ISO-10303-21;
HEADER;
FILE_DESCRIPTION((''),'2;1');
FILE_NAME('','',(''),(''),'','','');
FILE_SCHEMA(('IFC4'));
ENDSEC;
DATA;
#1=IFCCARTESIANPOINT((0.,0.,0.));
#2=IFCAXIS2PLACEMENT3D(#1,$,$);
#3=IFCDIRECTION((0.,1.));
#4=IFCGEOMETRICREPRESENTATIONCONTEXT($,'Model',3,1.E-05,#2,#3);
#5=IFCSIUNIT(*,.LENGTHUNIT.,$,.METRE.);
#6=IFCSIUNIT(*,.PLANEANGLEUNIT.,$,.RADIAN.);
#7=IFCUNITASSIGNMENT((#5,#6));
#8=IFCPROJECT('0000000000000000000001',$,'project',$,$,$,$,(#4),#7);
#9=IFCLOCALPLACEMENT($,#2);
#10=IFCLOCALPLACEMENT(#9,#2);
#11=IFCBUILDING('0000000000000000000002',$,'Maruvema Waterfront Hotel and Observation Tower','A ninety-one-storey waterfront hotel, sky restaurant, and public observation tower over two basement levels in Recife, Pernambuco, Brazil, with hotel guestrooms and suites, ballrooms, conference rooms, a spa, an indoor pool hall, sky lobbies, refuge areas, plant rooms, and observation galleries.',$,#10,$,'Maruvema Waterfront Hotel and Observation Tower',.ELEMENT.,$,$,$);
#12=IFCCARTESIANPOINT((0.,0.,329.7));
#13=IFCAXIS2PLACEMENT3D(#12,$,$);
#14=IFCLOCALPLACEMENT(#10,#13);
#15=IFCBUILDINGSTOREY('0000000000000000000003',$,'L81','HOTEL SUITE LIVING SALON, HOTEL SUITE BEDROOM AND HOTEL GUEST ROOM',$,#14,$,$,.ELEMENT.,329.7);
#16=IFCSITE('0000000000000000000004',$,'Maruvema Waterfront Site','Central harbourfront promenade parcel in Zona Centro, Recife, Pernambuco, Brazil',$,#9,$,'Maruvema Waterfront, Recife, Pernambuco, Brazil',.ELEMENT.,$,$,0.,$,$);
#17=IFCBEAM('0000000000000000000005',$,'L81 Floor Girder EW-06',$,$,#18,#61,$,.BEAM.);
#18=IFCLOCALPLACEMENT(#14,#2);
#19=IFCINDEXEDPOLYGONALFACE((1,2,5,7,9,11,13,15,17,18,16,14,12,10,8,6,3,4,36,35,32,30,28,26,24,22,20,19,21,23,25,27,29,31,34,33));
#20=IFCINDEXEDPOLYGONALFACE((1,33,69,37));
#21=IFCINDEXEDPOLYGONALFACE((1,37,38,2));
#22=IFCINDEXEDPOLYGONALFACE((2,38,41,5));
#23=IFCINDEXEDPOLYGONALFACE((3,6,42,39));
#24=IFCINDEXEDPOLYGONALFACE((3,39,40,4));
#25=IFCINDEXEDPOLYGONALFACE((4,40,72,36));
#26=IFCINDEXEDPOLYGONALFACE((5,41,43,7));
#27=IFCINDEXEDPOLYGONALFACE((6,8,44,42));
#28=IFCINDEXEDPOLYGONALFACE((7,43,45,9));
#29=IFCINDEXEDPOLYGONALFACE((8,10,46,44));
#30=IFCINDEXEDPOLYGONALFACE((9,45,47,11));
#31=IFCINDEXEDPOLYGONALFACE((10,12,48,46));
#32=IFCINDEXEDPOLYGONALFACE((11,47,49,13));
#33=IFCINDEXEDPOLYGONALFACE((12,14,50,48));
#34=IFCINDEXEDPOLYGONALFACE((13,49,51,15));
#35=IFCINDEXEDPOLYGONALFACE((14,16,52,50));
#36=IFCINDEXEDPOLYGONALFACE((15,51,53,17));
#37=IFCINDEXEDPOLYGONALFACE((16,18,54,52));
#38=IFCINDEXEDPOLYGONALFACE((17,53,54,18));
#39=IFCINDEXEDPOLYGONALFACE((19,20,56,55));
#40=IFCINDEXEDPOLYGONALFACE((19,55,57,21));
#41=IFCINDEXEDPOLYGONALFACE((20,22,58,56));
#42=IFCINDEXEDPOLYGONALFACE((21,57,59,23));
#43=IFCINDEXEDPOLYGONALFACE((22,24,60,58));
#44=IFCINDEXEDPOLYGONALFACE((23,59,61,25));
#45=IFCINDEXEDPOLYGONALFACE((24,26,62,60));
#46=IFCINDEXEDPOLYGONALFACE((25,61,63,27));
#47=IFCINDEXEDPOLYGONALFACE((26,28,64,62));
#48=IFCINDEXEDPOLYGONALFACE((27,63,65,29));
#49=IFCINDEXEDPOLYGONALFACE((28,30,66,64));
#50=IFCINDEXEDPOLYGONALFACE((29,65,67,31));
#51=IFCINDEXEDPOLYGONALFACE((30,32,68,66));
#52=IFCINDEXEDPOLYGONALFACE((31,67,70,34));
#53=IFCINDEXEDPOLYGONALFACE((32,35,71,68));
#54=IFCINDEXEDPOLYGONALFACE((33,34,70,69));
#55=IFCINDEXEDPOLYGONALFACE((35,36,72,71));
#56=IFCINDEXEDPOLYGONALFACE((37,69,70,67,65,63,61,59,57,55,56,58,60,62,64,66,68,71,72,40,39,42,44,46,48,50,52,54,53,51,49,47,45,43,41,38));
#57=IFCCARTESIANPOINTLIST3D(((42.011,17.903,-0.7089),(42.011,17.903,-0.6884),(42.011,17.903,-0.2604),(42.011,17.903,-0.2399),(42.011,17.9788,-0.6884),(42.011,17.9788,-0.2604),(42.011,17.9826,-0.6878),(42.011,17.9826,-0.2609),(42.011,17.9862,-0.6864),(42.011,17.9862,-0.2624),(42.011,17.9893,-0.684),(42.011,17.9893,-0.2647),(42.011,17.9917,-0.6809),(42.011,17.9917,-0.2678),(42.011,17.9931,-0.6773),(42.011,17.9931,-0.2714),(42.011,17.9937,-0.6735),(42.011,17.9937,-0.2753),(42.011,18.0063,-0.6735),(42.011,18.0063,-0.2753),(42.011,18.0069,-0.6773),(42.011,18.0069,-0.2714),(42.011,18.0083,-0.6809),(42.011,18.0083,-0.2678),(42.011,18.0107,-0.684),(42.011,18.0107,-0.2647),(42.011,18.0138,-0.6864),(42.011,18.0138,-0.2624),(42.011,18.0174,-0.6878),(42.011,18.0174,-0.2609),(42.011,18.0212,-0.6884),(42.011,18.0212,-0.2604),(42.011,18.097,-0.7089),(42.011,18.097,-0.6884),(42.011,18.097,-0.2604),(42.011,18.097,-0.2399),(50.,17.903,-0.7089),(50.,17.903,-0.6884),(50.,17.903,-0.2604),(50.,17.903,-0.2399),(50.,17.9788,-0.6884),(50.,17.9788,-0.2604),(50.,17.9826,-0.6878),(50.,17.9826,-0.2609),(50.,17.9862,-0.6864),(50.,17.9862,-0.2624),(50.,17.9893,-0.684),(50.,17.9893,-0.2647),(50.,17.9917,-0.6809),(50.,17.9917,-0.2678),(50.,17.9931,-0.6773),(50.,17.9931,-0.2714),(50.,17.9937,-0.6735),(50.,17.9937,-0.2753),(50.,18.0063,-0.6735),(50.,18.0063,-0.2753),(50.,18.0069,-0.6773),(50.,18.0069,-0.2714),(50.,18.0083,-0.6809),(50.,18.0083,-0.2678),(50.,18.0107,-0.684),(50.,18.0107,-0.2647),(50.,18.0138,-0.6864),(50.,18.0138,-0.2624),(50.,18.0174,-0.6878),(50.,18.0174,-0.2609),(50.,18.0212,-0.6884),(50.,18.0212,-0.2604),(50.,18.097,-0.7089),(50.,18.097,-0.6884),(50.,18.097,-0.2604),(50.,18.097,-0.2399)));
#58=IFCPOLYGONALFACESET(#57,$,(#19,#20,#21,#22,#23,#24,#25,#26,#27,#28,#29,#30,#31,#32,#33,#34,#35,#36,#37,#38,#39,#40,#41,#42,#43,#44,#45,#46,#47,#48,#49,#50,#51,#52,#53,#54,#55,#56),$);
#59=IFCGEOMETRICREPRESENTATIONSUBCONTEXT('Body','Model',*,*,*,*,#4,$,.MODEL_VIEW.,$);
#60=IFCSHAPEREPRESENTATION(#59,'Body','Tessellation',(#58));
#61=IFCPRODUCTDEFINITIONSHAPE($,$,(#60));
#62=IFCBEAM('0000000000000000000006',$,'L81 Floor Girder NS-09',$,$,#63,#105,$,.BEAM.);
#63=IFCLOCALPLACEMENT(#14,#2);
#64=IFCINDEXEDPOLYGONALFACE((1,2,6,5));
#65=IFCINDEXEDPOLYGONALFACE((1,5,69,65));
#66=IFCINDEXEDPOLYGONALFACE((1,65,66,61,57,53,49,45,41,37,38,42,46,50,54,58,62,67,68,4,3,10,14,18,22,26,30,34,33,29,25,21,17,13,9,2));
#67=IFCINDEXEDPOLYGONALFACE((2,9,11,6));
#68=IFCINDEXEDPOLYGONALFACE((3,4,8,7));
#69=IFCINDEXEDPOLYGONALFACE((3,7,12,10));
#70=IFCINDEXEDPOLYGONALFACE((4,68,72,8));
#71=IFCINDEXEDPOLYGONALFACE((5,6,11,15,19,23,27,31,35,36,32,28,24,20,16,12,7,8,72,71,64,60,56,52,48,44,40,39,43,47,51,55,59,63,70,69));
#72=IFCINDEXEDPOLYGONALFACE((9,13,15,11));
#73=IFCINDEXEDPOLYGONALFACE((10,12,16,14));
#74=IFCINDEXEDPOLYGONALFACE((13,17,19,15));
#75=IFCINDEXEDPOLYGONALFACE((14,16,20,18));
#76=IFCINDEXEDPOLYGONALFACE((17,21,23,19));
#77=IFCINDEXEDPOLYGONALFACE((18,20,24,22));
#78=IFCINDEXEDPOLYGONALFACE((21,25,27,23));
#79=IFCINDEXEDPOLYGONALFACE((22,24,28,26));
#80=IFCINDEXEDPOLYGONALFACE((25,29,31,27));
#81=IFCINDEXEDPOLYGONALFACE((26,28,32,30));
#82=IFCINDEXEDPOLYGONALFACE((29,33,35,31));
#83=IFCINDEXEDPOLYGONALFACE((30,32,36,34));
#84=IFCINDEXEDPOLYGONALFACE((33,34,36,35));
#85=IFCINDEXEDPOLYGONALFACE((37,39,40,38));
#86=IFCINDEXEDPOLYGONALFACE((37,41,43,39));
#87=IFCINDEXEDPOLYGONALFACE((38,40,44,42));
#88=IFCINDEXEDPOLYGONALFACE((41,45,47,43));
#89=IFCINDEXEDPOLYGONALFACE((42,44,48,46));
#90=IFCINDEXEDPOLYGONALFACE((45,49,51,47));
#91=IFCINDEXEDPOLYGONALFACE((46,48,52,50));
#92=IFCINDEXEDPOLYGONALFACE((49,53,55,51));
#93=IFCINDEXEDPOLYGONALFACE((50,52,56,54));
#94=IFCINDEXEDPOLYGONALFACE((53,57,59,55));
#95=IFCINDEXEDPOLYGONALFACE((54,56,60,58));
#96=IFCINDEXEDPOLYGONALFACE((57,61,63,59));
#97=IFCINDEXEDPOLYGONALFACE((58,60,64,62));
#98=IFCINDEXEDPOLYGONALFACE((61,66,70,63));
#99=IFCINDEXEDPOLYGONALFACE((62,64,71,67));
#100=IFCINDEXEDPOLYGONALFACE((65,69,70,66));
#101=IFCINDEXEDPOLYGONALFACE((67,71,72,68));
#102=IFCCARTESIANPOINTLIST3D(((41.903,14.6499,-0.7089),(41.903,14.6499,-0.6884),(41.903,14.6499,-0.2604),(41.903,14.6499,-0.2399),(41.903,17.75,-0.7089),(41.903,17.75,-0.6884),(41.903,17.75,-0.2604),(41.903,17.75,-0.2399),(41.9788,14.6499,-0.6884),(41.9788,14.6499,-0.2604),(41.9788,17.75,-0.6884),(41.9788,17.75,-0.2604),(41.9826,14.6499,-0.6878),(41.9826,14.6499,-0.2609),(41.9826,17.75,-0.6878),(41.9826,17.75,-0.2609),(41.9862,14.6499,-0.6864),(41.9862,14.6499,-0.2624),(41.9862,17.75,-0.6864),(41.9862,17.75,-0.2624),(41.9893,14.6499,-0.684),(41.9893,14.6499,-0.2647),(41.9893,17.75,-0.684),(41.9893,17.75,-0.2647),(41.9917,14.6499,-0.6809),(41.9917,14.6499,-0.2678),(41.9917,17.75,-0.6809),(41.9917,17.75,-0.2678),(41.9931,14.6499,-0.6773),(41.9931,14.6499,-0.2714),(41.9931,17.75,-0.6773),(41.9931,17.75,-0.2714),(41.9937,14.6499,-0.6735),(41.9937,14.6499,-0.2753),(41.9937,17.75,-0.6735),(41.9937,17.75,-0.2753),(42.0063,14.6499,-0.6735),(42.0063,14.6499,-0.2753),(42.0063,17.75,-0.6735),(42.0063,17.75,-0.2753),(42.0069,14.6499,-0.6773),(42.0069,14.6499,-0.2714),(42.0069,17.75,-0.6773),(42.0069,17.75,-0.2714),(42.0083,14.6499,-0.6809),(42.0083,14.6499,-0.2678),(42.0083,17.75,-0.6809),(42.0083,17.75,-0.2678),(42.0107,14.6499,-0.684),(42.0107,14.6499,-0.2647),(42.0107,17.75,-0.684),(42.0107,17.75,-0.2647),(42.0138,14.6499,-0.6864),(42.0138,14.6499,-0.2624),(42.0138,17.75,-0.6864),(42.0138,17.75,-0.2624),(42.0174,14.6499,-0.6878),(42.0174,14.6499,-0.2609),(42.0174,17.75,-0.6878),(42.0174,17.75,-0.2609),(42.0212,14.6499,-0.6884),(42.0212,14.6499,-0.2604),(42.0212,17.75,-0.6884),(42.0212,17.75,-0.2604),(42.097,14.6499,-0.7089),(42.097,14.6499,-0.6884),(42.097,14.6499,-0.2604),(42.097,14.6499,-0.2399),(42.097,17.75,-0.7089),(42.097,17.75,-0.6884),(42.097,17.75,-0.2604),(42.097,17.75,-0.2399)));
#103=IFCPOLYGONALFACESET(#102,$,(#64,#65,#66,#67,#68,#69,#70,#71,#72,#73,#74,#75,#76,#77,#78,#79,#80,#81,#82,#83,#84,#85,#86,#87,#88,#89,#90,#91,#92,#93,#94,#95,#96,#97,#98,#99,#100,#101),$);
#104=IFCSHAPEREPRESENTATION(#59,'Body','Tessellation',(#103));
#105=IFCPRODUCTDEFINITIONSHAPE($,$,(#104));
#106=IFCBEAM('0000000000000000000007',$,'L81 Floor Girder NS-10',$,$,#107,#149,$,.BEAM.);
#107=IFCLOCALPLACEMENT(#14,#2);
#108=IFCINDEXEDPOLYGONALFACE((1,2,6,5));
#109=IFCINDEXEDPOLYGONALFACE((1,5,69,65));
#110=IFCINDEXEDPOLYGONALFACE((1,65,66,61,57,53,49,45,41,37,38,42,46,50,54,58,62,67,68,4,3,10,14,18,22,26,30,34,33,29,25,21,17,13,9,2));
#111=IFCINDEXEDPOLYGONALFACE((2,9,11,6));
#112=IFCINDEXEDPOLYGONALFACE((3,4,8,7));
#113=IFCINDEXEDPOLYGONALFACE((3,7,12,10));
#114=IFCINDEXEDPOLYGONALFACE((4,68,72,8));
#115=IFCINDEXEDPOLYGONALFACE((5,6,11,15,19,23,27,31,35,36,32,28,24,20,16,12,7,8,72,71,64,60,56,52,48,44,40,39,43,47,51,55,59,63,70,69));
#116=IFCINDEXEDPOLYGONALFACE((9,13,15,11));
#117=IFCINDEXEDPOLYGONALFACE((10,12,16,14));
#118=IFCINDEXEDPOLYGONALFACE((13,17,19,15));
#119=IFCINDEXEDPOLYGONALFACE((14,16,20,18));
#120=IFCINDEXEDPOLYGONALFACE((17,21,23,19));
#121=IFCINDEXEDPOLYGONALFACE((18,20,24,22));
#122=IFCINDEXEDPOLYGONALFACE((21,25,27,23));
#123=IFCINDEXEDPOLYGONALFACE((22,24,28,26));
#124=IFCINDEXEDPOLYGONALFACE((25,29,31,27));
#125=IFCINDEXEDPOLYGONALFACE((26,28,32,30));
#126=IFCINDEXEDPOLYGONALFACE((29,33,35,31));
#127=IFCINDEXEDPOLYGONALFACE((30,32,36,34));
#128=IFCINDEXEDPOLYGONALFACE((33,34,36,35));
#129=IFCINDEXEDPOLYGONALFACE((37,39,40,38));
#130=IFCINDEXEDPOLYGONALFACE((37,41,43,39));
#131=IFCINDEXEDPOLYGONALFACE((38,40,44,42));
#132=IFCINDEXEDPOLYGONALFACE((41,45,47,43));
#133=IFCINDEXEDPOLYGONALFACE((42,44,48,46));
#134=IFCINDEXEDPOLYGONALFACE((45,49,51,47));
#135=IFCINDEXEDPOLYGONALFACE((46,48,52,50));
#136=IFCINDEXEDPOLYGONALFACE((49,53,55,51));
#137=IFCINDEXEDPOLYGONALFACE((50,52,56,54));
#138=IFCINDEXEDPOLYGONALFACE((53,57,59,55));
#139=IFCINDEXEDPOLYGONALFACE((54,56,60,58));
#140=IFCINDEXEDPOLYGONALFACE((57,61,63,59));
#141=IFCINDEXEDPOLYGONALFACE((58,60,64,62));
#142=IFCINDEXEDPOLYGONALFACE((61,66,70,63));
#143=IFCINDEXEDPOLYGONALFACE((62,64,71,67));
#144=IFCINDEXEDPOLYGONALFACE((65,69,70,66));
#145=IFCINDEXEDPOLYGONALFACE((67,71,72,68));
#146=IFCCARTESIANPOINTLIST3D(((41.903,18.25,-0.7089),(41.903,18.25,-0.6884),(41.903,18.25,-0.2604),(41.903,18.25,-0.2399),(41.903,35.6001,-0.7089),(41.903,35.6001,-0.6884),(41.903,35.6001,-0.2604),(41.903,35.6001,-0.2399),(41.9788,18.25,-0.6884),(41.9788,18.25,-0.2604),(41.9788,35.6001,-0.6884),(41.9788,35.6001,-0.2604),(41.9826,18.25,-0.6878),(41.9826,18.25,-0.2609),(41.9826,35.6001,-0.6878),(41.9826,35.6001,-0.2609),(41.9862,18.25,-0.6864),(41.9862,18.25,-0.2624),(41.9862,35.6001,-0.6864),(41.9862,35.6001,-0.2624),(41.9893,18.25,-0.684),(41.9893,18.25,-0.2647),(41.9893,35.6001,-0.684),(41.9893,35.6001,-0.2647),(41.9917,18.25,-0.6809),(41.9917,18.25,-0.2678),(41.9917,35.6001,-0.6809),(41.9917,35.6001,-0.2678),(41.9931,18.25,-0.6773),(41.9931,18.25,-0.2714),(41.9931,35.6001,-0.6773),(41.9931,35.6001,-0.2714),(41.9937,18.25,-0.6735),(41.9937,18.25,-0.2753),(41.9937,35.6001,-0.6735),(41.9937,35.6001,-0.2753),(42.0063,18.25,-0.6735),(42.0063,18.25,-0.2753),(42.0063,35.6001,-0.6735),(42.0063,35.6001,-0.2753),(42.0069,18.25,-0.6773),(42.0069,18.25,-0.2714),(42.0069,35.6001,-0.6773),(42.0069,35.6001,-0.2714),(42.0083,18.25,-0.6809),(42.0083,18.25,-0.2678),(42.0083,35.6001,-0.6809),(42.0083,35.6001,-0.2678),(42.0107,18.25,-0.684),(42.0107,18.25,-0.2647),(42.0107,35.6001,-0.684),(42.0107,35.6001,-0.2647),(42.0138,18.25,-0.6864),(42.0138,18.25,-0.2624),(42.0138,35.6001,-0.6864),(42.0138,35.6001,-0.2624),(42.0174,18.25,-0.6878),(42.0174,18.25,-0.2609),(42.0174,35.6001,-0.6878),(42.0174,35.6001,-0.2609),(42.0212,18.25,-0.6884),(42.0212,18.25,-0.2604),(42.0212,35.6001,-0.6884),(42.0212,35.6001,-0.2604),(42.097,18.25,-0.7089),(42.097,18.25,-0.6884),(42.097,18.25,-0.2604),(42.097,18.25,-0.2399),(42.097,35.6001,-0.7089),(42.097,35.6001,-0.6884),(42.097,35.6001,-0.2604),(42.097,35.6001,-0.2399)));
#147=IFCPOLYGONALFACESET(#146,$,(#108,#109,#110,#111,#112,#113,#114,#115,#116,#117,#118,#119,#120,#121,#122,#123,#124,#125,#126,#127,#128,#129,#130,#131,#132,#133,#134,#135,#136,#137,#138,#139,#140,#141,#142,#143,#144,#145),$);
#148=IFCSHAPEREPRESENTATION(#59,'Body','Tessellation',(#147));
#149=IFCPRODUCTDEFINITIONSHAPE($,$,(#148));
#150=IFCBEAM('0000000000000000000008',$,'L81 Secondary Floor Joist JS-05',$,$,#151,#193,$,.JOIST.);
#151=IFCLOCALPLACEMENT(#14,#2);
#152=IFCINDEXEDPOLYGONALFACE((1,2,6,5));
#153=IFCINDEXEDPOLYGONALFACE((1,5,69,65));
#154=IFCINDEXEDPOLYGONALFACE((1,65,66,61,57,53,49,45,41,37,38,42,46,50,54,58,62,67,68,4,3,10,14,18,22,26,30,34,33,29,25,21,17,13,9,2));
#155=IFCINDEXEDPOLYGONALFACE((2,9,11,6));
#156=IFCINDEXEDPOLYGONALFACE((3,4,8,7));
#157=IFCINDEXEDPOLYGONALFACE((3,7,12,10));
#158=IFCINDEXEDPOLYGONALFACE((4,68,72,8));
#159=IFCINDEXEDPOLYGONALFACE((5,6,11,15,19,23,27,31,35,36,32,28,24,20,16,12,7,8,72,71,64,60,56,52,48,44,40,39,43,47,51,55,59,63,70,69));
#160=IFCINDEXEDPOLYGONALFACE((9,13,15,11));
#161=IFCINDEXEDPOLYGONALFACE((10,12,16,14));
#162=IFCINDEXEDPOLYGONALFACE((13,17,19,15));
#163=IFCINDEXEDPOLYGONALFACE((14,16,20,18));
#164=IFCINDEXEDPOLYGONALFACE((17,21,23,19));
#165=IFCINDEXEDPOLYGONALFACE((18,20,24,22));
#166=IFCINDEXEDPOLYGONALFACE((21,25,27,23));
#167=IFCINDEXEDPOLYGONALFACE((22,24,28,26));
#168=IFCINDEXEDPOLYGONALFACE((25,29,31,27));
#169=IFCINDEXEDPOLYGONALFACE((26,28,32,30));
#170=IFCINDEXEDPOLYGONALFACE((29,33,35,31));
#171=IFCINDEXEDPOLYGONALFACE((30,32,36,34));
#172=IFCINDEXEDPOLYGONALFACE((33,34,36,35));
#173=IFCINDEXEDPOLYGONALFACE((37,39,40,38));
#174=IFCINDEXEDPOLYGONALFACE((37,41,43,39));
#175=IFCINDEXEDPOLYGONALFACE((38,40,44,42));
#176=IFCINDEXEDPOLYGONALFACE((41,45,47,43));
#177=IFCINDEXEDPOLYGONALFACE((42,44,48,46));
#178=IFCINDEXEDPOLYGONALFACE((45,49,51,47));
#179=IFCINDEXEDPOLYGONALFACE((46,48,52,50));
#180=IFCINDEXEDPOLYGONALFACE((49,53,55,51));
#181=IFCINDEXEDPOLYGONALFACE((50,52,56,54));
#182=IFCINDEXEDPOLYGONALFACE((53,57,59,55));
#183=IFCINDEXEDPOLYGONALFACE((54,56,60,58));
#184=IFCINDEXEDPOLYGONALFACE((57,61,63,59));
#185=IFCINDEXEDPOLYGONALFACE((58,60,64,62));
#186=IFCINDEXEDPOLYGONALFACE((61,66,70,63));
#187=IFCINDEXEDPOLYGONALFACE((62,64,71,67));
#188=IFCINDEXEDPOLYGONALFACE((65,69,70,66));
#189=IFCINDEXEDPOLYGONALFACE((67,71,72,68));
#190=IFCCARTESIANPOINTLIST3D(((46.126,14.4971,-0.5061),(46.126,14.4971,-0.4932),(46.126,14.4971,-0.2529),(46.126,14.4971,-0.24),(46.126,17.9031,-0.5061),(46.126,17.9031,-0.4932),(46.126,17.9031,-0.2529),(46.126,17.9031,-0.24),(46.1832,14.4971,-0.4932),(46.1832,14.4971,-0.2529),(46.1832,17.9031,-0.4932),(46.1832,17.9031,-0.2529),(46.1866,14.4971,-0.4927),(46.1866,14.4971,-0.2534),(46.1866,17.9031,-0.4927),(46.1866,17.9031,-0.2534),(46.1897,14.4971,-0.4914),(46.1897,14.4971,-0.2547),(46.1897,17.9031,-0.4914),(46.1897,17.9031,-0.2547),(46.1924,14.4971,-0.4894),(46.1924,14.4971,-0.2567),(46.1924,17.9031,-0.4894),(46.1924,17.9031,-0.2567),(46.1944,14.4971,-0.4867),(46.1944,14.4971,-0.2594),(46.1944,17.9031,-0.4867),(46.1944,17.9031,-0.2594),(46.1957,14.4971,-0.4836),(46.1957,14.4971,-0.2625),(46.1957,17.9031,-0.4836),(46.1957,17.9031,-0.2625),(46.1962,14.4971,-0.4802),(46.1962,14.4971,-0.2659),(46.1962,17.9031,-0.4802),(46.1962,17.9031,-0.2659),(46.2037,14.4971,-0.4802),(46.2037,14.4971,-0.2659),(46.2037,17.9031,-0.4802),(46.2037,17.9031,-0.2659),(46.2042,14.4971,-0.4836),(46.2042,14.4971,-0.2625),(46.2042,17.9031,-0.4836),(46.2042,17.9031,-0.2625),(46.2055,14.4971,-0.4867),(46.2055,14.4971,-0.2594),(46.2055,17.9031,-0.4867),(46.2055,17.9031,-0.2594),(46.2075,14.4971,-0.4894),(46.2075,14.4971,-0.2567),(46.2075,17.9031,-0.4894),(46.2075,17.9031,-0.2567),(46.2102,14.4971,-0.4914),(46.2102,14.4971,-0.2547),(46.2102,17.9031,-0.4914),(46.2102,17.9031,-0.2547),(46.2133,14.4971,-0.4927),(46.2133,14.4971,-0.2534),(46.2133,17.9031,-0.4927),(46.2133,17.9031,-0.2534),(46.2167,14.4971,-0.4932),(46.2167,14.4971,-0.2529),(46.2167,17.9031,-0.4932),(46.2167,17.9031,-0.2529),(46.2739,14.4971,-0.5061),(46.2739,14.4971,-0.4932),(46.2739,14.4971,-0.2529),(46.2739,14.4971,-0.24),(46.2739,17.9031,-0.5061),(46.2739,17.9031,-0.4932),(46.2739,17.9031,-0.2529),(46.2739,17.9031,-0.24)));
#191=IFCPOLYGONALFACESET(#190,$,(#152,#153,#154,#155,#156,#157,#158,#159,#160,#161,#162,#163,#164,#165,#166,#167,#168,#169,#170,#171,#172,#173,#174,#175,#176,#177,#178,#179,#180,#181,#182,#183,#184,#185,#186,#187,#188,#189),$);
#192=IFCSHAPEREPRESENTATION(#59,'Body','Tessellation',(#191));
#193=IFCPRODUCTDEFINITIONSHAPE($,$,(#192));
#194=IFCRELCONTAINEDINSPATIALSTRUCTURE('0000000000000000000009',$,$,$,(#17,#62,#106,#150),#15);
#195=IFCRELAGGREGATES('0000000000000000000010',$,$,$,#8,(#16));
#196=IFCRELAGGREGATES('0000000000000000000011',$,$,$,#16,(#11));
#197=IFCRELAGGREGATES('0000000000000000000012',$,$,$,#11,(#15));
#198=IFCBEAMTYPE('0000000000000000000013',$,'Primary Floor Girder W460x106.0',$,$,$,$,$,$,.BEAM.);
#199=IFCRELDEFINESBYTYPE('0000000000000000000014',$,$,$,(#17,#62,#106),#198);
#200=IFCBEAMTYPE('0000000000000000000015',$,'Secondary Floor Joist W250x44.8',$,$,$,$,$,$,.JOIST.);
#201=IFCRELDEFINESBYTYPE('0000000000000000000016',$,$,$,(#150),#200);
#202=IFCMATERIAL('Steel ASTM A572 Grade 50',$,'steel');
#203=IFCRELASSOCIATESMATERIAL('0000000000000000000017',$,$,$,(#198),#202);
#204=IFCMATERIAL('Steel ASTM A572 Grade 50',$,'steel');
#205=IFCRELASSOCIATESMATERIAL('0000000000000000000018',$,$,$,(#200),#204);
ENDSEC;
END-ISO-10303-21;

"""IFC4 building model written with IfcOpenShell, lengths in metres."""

from ifc_helpers import new_model, si_unit, direction, frame, origin, origin_2d, place, context, subcontext, project, spatial, i_section, extrude, material, material_profile, profile_set, type_object, element, save


model = new_model("IFC4")

# Units and contexts
model_context = context("Model", 3, precision=1e-05, world=origin(), true_north=direction((0.0, 1.0)))
body_context = subcontext(model_context, "Body", "Model", "MODEL_VIEW")
ifc_project = project(units=[si_unit("LENGTHUNIT", "METRE"), si_unit("PLANEANGLEUNIT", "RADIAN")], contexts=[model_context])

# Site, building, storey
site_placement = place(None, origin())
site = spatial("IfcSite", under=ifc_project, at=site_placement, Name="Maruvema Waterfront Site", Description="Central harbourfront promenade parcel in Zona Centro, Recife, Pernambuco, Brazil", LongName="Maruvema Waterfront, Recife, Pernambuco, Brazil", CompositionType="ELEMENT", RefElevation=0.0)
building_placement = place(site_placement, origin())
building = spatial("IfcBuilding", under=site, at=building_placement, Name="Maruvema Waterfront Hotel and Observation Tower", Description="A ninety-one-storey waterfront hotel, sky restaurant, and public observation tower over two basement levels in Recife, Pernambuco, Brazil, with hotel guestrooms and suites, ballrooms, conference rooms, a spa, an indoor pool hall, sky lobbies, refuge areas, plant rooms, and observation galleries.", LongName="Maruvema Waterfront Hotel and Observation Tower", CompositionType="ELEMENT")
storey_placement = place(building_placement, frame((0.0, 0.0, 329.7)))
storey = spatial("IfcBuildingStorey", under=building, at=storey_placement, Name="L81", Description="HOTEL SUITE LIVING SALON, HOTEL SUITE BEDROOM AND HOTEL GUEST ROOM", CompositionType="ELEMENT", Elevation=329.7)

# Beams
ifc_material_1 = material(Name="Steel ASTM A572 Grade 50", Category="steel")
ifc_material_profile_1 = material_profile(ifc_material_1, i_section(OverallWidth=0.1941, OverallDepth=0.469, WebThickness=0.0127, FlangeThickness=0.0205, FilletRadius=0.0149, at=origin_2d()), Name="W460x106.0")
ifc_profile_set_1 = profile_set([ifc_material_profile_1], Name="Steel ASTM A572 Grade 50")
beam_type_1 = type_object("IfcBeamType", Name="Primary Floor Girder W460x106.0", PredefinedType="BEAM", material=ifc_profile_set_1)
beam_1_placement = place(storey_placement, frame((42.011, 18.0, -0.4744), z_axis=(1.0, 0.0, 0.0), x_axis=(0.0, 1.0, 0.0)))
element("IfcBeam", 1, at=beam_1_placement, inside=storey, type_object=beam_type_1, Name="L81 Floor Girder EW-06", PredefinedType="BEAM", context=body_context, shape_type="SweptSolid", body=[
    extrude(i_section(OverallWidth=0.1941, OverallDepth=0.469, WebThickness=0.0127, FlangeThickness=0.0205, FilletRadius=0.0149, at=origin_2d()), origin(), (0.0, 0.0, 1.0), 7.989),
])
beam_2_placement = place(storey_placement, frame((42.0, 14.6499, -0.4744), z_axis=(0.0, 1.0, 0.0), x_axis=(-1.0, 0.0, 0.0)))
element("IfcBeam", 2, at=beam_2_placement, inside=storey, type_object=beam_type_1, Name="L81 Floor Girder NS-09", PredefinedType="BEAM", context=body_context, shape_type="SweptSolid", body=[
    extrude(i_section(OverallWidth=0.1941, OverallDepth=0.469, WebThickness=0.0127, FlangeThickness=0.0205, FilletRadius=0.0149, at=origin_2d()), origin(), (0.0, 0.0, 1.0), 3.1001),
])
beam_3_placement = place(storey_placement, frame((42.0, 18.25, -0.4744), z_axis=(0.0, 1.0, 0.0), x_axis=(-1.0, 0.0, 0.0)))
element("IfcBeam", 3, at=beam_3_placement, inside=storey, type_object=beam_type_1, Name="L81 Floor Girder NS-10", PredefinedType="BEAM", context=body_context, shape_type="SweptSolid", body=[
    extrude(i_section(OverallWidth=0.1941, OverallDepth=0.469, WebThickness=0.0127, FlangeThickness=0.0205, FilletRadius=0.0149, at=origin_2d()), origin(), (0.0, 0.0, 1.0), 17.3501),
])
ifc_material_2 = material(Name="Steel ASTM A572 Grade 50", Category="steel")
ifc_material_profile_2 = material_profile(ifc_material_2, i_section(OverallWidth=0.1479, OverallDepth=0.2661, WebThickness=0.0076, FlangeThickness=0.0129, FilletRadius=0.0129, at=origin_2d()), Name="W250x44.8")
ifc_profile_set_2 = profile_set([ifc_material_profile_2], Name="Steel ASTM A572 Grade 50")
beam_type_2 = type_object("IfcBeamType", Name="Secondary Floor Joist W250x44.8", PredefinedType="JOIST", material=ifc_profile_set_2)
beam_4_placement = place(storey_placement, frame((46.2, 14.4971, -0.373), z_axis=(0.0, 1.0, 0.0), x_axis=(-1.0, 0.0, 0.0)))
element("IfcBeam", 4, at=beam_4_placement, inside=storey, type_object=beam_type_2, Name="L81 Secondary Floor Joist JS-05", PredefinedType="JOIST", context=body_context, shape_type="SweptSolid", body=[
    extrude(i_section(OverallWidth=0.1479, OverallDepth=0.2661, WebThickness=0.0076, FlangeThickness=0.0129, FilletRadius=0.0129, at=origin_2d()), origin(), (0.0, 0.0, 1.0), 3.406),
])

save(model, "model.ifc")
